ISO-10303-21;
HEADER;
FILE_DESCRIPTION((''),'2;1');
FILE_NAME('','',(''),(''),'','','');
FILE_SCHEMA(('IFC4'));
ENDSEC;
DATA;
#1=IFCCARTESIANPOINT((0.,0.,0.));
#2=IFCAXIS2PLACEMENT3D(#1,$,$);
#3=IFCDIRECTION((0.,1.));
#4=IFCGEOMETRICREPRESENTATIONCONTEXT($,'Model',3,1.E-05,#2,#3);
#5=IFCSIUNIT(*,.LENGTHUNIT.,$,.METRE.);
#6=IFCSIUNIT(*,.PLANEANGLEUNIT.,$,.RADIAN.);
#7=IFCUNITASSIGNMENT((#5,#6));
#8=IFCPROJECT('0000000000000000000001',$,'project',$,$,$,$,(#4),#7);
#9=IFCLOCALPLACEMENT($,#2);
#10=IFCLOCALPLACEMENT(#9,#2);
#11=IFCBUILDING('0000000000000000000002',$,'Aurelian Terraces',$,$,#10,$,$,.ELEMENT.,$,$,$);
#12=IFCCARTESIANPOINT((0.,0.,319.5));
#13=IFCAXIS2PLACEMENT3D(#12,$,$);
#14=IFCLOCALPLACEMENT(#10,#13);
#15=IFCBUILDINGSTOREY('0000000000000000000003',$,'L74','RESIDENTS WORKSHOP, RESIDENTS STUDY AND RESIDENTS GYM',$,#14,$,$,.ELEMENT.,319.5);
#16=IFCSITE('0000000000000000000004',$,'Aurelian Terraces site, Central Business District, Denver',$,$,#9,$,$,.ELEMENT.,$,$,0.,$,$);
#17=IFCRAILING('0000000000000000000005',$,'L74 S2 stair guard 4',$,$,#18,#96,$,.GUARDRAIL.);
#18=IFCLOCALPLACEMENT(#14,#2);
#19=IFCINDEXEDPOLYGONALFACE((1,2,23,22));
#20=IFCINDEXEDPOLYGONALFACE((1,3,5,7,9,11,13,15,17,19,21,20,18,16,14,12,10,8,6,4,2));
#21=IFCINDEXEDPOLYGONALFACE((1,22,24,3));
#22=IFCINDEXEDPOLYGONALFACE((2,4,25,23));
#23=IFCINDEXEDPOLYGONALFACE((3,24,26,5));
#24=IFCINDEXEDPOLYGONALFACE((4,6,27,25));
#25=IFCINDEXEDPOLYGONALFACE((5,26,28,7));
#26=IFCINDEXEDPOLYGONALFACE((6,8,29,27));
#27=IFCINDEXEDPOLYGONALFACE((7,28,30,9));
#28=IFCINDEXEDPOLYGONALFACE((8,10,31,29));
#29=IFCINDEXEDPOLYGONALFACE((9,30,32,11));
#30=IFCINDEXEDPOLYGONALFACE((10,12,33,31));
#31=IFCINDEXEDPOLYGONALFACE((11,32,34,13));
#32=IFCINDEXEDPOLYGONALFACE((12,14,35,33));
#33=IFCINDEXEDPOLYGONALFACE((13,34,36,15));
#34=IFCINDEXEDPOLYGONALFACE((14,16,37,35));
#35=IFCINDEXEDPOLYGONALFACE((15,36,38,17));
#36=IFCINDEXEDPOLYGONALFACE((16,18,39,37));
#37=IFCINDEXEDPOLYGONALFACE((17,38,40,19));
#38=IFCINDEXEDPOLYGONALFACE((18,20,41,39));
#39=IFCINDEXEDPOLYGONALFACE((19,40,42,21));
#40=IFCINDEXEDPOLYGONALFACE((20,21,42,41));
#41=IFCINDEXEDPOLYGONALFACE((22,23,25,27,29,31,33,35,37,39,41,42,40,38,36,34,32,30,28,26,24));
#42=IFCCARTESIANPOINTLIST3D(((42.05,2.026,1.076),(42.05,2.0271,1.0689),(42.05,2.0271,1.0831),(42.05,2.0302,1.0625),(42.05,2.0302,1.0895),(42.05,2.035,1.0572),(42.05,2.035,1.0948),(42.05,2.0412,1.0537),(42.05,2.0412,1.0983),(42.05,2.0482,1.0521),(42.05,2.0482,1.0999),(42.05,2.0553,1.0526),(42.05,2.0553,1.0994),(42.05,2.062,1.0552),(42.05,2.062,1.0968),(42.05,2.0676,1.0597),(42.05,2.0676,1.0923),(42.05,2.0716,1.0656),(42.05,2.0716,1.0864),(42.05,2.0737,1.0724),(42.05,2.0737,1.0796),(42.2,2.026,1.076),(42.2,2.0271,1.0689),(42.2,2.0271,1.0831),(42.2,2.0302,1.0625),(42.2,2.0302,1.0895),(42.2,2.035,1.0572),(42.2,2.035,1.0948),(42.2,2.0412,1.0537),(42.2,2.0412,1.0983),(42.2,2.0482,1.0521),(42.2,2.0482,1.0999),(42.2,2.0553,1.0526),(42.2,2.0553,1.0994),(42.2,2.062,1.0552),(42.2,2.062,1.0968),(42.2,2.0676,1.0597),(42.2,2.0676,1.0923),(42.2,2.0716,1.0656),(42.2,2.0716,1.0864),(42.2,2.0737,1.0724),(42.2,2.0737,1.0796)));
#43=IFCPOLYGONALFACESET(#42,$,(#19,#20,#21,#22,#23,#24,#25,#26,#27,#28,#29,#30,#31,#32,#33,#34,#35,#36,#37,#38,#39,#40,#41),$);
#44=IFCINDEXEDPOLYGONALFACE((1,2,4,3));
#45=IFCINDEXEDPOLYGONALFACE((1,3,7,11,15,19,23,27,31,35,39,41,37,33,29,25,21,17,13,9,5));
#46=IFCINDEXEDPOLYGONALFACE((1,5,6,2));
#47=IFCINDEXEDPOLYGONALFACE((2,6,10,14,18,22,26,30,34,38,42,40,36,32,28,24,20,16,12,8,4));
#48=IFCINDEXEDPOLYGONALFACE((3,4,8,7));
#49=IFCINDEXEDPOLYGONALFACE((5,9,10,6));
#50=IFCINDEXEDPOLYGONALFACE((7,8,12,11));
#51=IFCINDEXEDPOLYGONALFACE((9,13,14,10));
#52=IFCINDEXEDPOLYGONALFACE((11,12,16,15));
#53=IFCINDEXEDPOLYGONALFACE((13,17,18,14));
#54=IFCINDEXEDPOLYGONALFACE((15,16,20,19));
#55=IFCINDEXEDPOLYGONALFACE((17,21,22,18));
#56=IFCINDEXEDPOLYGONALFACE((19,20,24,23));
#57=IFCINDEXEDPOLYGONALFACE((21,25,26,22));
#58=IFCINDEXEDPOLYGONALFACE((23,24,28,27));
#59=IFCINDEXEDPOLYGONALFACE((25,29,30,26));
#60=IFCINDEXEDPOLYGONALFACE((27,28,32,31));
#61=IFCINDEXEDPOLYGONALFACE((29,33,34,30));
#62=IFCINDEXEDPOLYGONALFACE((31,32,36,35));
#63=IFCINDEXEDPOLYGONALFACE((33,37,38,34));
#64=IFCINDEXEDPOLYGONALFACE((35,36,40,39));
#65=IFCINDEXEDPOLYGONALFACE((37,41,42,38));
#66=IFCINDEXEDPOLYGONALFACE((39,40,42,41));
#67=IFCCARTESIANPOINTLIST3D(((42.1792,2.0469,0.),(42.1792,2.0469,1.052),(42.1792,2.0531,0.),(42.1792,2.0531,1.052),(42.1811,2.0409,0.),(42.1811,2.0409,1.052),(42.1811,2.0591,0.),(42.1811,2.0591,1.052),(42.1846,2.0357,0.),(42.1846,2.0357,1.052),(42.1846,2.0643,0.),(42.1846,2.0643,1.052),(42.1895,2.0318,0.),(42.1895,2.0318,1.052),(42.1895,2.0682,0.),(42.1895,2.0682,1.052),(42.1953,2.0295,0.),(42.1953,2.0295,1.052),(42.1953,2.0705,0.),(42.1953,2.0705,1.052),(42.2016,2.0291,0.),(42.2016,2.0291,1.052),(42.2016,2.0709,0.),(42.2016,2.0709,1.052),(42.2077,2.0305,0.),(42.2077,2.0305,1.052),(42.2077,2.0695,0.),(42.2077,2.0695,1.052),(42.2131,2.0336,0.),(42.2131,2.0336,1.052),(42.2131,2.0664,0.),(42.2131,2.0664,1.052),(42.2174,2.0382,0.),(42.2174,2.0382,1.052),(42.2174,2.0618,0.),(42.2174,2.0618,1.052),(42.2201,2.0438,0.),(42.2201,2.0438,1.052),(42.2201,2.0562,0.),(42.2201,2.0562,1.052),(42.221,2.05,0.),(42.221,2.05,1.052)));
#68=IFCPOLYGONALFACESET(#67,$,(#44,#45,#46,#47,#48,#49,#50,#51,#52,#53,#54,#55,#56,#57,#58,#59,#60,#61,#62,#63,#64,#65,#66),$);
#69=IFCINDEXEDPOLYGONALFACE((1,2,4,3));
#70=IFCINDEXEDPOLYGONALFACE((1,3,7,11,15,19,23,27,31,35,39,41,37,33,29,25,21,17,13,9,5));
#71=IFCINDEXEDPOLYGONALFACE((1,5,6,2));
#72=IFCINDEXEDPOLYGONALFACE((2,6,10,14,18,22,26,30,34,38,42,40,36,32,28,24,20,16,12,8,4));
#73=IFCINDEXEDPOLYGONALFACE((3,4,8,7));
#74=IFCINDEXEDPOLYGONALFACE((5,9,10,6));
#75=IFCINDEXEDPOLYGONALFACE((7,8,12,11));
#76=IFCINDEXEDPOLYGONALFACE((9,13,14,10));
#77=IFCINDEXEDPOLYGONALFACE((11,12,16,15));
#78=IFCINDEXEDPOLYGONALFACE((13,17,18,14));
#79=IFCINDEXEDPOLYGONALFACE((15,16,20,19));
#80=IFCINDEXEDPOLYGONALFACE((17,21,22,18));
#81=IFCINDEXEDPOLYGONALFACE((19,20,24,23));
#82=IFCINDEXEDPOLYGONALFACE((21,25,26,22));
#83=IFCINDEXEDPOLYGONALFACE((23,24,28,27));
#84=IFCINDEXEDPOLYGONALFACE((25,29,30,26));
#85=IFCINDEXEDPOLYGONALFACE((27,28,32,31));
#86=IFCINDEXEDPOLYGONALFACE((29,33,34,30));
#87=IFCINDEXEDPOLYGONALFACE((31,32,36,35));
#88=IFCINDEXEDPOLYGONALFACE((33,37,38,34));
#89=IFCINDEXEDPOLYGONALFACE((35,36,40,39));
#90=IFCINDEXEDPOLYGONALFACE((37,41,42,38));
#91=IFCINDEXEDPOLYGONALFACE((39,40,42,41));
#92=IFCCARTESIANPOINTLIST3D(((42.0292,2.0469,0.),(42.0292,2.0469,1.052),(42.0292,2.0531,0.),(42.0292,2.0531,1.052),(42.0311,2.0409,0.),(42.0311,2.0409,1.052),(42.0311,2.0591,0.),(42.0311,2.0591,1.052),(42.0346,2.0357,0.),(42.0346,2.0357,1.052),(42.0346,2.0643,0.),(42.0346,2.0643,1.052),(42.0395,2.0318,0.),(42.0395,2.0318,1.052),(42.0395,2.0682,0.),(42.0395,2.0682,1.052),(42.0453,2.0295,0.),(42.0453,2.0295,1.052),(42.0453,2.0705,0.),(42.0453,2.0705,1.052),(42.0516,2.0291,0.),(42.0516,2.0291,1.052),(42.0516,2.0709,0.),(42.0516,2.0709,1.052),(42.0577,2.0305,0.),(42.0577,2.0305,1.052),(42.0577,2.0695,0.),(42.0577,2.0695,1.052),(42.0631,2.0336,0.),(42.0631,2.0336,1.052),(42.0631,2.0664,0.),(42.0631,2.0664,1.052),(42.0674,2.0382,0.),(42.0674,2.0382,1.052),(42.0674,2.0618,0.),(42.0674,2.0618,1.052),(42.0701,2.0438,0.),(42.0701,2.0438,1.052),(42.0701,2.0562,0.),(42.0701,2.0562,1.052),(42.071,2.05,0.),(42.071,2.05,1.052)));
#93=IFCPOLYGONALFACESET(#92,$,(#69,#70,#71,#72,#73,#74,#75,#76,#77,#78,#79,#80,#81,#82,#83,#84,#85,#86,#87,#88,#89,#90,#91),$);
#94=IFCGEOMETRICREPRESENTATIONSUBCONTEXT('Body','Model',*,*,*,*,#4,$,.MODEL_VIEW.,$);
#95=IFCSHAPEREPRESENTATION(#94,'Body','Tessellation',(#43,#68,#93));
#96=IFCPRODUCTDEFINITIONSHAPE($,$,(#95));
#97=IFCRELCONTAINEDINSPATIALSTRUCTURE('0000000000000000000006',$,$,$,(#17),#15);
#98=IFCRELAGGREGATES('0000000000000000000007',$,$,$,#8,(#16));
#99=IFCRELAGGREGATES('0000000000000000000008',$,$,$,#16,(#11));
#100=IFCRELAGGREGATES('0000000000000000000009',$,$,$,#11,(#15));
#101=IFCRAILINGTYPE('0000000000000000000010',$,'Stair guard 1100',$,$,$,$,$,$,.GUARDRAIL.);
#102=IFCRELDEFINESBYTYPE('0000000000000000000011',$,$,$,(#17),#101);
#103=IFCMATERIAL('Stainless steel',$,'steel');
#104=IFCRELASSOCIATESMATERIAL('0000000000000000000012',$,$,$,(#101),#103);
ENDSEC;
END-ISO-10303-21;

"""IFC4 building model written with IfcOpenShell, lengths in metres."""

from ifc_helpers import new_model, si_unit, direction, frame, origin, origin_2d, place, context, subcontext, project, spatial, circle, extrude, source, transform, mapped, material, type_object, element, save


model = new_model("IFC4")

# Units and contexts
model_context = context("Model", 3, precision=1e-05, world=origin(), true_north=direction((0.0, 1.0)))
body_context = subcontext(model_context, "Body", "Model", "MODEL_VIEW")
ifc_project = project(units=[si_unit("LENGTHUNIT", "METRE"), si_unit("PLANEANGLEUNIT", "RADIAN")], contexts=[model_context])

# Site, building, storey
site_placement = place(None, origin())
site = spatial("IfcSite", under=ifc_project, at=site_placement, Name="Aurelian Terraces site, Central Business District, Denver", CompositionType="ELEMENT", RefElevation=0.0)
building_placement = place(site_placement, origin())
building = spatial("IfcBuilding", under=site, at=building_placement, Name="Aurelian Terraces", CompositionType="ELEMENT")
storey_placement = place(building_placement, frame((0.0, 0.0, 319.5)))
storey = spatial("IfcBuildingStorey", under=building, at=storey_placement, Name="L74", Description="RESIDENTS WORKSHOP, RESIDENTS STUDY AND RESIDENTS GYM", CompositionType="ELEMENT", Elevation=319.5)

# Railing
ifc_material_1 = material(Name="Stainless steel", Category="steel")
railing_type_1 = type_object("IfcRailingType", Name="Stair guard 1100", PredefinedType="GUARDRAIL", material=ifc_material_1)
shared_shape_1 = source(origin(), body_context, "Body", "SweptSolid", [
    extrude(circle(Radius=0.024, at=origin_2d()), frame((0.0, 0.0, 1.076), z_axis=(-1.0, 0.0, 0.0), x_axis=(0.0, -1.0, 0.0)), (0.0, 0.0, 1.0), 0.15),
    extrude(circle(Radius=0.021, at=origin_2d()), origin(), (0.0, 0.0, 1.0), 1.052),
    extrude(circle(Radius=0.021, at=origin_2d()), frame((-0.15, 0.0, 0.0)), (0.0, 0.0, 1.0), 1.052),
])
for number, where, name in (
    (1, (42.2, 2.05, 0.0), "L74 S2 stair guard 4"),
):
    element("IfcRailing", number, at=place(storey_placement, frame(where)), inside=storey, type_object=railing_type_1, Name=name, PredefinedType="GUARDRAIL", context=body_context, shape_type="MappedRepresentation", body=[
        mapped(shared_shape_1, transform((0.0, 0.0, 0.0), scale=1.0)),
    ])

save(model, "model.ifc")
